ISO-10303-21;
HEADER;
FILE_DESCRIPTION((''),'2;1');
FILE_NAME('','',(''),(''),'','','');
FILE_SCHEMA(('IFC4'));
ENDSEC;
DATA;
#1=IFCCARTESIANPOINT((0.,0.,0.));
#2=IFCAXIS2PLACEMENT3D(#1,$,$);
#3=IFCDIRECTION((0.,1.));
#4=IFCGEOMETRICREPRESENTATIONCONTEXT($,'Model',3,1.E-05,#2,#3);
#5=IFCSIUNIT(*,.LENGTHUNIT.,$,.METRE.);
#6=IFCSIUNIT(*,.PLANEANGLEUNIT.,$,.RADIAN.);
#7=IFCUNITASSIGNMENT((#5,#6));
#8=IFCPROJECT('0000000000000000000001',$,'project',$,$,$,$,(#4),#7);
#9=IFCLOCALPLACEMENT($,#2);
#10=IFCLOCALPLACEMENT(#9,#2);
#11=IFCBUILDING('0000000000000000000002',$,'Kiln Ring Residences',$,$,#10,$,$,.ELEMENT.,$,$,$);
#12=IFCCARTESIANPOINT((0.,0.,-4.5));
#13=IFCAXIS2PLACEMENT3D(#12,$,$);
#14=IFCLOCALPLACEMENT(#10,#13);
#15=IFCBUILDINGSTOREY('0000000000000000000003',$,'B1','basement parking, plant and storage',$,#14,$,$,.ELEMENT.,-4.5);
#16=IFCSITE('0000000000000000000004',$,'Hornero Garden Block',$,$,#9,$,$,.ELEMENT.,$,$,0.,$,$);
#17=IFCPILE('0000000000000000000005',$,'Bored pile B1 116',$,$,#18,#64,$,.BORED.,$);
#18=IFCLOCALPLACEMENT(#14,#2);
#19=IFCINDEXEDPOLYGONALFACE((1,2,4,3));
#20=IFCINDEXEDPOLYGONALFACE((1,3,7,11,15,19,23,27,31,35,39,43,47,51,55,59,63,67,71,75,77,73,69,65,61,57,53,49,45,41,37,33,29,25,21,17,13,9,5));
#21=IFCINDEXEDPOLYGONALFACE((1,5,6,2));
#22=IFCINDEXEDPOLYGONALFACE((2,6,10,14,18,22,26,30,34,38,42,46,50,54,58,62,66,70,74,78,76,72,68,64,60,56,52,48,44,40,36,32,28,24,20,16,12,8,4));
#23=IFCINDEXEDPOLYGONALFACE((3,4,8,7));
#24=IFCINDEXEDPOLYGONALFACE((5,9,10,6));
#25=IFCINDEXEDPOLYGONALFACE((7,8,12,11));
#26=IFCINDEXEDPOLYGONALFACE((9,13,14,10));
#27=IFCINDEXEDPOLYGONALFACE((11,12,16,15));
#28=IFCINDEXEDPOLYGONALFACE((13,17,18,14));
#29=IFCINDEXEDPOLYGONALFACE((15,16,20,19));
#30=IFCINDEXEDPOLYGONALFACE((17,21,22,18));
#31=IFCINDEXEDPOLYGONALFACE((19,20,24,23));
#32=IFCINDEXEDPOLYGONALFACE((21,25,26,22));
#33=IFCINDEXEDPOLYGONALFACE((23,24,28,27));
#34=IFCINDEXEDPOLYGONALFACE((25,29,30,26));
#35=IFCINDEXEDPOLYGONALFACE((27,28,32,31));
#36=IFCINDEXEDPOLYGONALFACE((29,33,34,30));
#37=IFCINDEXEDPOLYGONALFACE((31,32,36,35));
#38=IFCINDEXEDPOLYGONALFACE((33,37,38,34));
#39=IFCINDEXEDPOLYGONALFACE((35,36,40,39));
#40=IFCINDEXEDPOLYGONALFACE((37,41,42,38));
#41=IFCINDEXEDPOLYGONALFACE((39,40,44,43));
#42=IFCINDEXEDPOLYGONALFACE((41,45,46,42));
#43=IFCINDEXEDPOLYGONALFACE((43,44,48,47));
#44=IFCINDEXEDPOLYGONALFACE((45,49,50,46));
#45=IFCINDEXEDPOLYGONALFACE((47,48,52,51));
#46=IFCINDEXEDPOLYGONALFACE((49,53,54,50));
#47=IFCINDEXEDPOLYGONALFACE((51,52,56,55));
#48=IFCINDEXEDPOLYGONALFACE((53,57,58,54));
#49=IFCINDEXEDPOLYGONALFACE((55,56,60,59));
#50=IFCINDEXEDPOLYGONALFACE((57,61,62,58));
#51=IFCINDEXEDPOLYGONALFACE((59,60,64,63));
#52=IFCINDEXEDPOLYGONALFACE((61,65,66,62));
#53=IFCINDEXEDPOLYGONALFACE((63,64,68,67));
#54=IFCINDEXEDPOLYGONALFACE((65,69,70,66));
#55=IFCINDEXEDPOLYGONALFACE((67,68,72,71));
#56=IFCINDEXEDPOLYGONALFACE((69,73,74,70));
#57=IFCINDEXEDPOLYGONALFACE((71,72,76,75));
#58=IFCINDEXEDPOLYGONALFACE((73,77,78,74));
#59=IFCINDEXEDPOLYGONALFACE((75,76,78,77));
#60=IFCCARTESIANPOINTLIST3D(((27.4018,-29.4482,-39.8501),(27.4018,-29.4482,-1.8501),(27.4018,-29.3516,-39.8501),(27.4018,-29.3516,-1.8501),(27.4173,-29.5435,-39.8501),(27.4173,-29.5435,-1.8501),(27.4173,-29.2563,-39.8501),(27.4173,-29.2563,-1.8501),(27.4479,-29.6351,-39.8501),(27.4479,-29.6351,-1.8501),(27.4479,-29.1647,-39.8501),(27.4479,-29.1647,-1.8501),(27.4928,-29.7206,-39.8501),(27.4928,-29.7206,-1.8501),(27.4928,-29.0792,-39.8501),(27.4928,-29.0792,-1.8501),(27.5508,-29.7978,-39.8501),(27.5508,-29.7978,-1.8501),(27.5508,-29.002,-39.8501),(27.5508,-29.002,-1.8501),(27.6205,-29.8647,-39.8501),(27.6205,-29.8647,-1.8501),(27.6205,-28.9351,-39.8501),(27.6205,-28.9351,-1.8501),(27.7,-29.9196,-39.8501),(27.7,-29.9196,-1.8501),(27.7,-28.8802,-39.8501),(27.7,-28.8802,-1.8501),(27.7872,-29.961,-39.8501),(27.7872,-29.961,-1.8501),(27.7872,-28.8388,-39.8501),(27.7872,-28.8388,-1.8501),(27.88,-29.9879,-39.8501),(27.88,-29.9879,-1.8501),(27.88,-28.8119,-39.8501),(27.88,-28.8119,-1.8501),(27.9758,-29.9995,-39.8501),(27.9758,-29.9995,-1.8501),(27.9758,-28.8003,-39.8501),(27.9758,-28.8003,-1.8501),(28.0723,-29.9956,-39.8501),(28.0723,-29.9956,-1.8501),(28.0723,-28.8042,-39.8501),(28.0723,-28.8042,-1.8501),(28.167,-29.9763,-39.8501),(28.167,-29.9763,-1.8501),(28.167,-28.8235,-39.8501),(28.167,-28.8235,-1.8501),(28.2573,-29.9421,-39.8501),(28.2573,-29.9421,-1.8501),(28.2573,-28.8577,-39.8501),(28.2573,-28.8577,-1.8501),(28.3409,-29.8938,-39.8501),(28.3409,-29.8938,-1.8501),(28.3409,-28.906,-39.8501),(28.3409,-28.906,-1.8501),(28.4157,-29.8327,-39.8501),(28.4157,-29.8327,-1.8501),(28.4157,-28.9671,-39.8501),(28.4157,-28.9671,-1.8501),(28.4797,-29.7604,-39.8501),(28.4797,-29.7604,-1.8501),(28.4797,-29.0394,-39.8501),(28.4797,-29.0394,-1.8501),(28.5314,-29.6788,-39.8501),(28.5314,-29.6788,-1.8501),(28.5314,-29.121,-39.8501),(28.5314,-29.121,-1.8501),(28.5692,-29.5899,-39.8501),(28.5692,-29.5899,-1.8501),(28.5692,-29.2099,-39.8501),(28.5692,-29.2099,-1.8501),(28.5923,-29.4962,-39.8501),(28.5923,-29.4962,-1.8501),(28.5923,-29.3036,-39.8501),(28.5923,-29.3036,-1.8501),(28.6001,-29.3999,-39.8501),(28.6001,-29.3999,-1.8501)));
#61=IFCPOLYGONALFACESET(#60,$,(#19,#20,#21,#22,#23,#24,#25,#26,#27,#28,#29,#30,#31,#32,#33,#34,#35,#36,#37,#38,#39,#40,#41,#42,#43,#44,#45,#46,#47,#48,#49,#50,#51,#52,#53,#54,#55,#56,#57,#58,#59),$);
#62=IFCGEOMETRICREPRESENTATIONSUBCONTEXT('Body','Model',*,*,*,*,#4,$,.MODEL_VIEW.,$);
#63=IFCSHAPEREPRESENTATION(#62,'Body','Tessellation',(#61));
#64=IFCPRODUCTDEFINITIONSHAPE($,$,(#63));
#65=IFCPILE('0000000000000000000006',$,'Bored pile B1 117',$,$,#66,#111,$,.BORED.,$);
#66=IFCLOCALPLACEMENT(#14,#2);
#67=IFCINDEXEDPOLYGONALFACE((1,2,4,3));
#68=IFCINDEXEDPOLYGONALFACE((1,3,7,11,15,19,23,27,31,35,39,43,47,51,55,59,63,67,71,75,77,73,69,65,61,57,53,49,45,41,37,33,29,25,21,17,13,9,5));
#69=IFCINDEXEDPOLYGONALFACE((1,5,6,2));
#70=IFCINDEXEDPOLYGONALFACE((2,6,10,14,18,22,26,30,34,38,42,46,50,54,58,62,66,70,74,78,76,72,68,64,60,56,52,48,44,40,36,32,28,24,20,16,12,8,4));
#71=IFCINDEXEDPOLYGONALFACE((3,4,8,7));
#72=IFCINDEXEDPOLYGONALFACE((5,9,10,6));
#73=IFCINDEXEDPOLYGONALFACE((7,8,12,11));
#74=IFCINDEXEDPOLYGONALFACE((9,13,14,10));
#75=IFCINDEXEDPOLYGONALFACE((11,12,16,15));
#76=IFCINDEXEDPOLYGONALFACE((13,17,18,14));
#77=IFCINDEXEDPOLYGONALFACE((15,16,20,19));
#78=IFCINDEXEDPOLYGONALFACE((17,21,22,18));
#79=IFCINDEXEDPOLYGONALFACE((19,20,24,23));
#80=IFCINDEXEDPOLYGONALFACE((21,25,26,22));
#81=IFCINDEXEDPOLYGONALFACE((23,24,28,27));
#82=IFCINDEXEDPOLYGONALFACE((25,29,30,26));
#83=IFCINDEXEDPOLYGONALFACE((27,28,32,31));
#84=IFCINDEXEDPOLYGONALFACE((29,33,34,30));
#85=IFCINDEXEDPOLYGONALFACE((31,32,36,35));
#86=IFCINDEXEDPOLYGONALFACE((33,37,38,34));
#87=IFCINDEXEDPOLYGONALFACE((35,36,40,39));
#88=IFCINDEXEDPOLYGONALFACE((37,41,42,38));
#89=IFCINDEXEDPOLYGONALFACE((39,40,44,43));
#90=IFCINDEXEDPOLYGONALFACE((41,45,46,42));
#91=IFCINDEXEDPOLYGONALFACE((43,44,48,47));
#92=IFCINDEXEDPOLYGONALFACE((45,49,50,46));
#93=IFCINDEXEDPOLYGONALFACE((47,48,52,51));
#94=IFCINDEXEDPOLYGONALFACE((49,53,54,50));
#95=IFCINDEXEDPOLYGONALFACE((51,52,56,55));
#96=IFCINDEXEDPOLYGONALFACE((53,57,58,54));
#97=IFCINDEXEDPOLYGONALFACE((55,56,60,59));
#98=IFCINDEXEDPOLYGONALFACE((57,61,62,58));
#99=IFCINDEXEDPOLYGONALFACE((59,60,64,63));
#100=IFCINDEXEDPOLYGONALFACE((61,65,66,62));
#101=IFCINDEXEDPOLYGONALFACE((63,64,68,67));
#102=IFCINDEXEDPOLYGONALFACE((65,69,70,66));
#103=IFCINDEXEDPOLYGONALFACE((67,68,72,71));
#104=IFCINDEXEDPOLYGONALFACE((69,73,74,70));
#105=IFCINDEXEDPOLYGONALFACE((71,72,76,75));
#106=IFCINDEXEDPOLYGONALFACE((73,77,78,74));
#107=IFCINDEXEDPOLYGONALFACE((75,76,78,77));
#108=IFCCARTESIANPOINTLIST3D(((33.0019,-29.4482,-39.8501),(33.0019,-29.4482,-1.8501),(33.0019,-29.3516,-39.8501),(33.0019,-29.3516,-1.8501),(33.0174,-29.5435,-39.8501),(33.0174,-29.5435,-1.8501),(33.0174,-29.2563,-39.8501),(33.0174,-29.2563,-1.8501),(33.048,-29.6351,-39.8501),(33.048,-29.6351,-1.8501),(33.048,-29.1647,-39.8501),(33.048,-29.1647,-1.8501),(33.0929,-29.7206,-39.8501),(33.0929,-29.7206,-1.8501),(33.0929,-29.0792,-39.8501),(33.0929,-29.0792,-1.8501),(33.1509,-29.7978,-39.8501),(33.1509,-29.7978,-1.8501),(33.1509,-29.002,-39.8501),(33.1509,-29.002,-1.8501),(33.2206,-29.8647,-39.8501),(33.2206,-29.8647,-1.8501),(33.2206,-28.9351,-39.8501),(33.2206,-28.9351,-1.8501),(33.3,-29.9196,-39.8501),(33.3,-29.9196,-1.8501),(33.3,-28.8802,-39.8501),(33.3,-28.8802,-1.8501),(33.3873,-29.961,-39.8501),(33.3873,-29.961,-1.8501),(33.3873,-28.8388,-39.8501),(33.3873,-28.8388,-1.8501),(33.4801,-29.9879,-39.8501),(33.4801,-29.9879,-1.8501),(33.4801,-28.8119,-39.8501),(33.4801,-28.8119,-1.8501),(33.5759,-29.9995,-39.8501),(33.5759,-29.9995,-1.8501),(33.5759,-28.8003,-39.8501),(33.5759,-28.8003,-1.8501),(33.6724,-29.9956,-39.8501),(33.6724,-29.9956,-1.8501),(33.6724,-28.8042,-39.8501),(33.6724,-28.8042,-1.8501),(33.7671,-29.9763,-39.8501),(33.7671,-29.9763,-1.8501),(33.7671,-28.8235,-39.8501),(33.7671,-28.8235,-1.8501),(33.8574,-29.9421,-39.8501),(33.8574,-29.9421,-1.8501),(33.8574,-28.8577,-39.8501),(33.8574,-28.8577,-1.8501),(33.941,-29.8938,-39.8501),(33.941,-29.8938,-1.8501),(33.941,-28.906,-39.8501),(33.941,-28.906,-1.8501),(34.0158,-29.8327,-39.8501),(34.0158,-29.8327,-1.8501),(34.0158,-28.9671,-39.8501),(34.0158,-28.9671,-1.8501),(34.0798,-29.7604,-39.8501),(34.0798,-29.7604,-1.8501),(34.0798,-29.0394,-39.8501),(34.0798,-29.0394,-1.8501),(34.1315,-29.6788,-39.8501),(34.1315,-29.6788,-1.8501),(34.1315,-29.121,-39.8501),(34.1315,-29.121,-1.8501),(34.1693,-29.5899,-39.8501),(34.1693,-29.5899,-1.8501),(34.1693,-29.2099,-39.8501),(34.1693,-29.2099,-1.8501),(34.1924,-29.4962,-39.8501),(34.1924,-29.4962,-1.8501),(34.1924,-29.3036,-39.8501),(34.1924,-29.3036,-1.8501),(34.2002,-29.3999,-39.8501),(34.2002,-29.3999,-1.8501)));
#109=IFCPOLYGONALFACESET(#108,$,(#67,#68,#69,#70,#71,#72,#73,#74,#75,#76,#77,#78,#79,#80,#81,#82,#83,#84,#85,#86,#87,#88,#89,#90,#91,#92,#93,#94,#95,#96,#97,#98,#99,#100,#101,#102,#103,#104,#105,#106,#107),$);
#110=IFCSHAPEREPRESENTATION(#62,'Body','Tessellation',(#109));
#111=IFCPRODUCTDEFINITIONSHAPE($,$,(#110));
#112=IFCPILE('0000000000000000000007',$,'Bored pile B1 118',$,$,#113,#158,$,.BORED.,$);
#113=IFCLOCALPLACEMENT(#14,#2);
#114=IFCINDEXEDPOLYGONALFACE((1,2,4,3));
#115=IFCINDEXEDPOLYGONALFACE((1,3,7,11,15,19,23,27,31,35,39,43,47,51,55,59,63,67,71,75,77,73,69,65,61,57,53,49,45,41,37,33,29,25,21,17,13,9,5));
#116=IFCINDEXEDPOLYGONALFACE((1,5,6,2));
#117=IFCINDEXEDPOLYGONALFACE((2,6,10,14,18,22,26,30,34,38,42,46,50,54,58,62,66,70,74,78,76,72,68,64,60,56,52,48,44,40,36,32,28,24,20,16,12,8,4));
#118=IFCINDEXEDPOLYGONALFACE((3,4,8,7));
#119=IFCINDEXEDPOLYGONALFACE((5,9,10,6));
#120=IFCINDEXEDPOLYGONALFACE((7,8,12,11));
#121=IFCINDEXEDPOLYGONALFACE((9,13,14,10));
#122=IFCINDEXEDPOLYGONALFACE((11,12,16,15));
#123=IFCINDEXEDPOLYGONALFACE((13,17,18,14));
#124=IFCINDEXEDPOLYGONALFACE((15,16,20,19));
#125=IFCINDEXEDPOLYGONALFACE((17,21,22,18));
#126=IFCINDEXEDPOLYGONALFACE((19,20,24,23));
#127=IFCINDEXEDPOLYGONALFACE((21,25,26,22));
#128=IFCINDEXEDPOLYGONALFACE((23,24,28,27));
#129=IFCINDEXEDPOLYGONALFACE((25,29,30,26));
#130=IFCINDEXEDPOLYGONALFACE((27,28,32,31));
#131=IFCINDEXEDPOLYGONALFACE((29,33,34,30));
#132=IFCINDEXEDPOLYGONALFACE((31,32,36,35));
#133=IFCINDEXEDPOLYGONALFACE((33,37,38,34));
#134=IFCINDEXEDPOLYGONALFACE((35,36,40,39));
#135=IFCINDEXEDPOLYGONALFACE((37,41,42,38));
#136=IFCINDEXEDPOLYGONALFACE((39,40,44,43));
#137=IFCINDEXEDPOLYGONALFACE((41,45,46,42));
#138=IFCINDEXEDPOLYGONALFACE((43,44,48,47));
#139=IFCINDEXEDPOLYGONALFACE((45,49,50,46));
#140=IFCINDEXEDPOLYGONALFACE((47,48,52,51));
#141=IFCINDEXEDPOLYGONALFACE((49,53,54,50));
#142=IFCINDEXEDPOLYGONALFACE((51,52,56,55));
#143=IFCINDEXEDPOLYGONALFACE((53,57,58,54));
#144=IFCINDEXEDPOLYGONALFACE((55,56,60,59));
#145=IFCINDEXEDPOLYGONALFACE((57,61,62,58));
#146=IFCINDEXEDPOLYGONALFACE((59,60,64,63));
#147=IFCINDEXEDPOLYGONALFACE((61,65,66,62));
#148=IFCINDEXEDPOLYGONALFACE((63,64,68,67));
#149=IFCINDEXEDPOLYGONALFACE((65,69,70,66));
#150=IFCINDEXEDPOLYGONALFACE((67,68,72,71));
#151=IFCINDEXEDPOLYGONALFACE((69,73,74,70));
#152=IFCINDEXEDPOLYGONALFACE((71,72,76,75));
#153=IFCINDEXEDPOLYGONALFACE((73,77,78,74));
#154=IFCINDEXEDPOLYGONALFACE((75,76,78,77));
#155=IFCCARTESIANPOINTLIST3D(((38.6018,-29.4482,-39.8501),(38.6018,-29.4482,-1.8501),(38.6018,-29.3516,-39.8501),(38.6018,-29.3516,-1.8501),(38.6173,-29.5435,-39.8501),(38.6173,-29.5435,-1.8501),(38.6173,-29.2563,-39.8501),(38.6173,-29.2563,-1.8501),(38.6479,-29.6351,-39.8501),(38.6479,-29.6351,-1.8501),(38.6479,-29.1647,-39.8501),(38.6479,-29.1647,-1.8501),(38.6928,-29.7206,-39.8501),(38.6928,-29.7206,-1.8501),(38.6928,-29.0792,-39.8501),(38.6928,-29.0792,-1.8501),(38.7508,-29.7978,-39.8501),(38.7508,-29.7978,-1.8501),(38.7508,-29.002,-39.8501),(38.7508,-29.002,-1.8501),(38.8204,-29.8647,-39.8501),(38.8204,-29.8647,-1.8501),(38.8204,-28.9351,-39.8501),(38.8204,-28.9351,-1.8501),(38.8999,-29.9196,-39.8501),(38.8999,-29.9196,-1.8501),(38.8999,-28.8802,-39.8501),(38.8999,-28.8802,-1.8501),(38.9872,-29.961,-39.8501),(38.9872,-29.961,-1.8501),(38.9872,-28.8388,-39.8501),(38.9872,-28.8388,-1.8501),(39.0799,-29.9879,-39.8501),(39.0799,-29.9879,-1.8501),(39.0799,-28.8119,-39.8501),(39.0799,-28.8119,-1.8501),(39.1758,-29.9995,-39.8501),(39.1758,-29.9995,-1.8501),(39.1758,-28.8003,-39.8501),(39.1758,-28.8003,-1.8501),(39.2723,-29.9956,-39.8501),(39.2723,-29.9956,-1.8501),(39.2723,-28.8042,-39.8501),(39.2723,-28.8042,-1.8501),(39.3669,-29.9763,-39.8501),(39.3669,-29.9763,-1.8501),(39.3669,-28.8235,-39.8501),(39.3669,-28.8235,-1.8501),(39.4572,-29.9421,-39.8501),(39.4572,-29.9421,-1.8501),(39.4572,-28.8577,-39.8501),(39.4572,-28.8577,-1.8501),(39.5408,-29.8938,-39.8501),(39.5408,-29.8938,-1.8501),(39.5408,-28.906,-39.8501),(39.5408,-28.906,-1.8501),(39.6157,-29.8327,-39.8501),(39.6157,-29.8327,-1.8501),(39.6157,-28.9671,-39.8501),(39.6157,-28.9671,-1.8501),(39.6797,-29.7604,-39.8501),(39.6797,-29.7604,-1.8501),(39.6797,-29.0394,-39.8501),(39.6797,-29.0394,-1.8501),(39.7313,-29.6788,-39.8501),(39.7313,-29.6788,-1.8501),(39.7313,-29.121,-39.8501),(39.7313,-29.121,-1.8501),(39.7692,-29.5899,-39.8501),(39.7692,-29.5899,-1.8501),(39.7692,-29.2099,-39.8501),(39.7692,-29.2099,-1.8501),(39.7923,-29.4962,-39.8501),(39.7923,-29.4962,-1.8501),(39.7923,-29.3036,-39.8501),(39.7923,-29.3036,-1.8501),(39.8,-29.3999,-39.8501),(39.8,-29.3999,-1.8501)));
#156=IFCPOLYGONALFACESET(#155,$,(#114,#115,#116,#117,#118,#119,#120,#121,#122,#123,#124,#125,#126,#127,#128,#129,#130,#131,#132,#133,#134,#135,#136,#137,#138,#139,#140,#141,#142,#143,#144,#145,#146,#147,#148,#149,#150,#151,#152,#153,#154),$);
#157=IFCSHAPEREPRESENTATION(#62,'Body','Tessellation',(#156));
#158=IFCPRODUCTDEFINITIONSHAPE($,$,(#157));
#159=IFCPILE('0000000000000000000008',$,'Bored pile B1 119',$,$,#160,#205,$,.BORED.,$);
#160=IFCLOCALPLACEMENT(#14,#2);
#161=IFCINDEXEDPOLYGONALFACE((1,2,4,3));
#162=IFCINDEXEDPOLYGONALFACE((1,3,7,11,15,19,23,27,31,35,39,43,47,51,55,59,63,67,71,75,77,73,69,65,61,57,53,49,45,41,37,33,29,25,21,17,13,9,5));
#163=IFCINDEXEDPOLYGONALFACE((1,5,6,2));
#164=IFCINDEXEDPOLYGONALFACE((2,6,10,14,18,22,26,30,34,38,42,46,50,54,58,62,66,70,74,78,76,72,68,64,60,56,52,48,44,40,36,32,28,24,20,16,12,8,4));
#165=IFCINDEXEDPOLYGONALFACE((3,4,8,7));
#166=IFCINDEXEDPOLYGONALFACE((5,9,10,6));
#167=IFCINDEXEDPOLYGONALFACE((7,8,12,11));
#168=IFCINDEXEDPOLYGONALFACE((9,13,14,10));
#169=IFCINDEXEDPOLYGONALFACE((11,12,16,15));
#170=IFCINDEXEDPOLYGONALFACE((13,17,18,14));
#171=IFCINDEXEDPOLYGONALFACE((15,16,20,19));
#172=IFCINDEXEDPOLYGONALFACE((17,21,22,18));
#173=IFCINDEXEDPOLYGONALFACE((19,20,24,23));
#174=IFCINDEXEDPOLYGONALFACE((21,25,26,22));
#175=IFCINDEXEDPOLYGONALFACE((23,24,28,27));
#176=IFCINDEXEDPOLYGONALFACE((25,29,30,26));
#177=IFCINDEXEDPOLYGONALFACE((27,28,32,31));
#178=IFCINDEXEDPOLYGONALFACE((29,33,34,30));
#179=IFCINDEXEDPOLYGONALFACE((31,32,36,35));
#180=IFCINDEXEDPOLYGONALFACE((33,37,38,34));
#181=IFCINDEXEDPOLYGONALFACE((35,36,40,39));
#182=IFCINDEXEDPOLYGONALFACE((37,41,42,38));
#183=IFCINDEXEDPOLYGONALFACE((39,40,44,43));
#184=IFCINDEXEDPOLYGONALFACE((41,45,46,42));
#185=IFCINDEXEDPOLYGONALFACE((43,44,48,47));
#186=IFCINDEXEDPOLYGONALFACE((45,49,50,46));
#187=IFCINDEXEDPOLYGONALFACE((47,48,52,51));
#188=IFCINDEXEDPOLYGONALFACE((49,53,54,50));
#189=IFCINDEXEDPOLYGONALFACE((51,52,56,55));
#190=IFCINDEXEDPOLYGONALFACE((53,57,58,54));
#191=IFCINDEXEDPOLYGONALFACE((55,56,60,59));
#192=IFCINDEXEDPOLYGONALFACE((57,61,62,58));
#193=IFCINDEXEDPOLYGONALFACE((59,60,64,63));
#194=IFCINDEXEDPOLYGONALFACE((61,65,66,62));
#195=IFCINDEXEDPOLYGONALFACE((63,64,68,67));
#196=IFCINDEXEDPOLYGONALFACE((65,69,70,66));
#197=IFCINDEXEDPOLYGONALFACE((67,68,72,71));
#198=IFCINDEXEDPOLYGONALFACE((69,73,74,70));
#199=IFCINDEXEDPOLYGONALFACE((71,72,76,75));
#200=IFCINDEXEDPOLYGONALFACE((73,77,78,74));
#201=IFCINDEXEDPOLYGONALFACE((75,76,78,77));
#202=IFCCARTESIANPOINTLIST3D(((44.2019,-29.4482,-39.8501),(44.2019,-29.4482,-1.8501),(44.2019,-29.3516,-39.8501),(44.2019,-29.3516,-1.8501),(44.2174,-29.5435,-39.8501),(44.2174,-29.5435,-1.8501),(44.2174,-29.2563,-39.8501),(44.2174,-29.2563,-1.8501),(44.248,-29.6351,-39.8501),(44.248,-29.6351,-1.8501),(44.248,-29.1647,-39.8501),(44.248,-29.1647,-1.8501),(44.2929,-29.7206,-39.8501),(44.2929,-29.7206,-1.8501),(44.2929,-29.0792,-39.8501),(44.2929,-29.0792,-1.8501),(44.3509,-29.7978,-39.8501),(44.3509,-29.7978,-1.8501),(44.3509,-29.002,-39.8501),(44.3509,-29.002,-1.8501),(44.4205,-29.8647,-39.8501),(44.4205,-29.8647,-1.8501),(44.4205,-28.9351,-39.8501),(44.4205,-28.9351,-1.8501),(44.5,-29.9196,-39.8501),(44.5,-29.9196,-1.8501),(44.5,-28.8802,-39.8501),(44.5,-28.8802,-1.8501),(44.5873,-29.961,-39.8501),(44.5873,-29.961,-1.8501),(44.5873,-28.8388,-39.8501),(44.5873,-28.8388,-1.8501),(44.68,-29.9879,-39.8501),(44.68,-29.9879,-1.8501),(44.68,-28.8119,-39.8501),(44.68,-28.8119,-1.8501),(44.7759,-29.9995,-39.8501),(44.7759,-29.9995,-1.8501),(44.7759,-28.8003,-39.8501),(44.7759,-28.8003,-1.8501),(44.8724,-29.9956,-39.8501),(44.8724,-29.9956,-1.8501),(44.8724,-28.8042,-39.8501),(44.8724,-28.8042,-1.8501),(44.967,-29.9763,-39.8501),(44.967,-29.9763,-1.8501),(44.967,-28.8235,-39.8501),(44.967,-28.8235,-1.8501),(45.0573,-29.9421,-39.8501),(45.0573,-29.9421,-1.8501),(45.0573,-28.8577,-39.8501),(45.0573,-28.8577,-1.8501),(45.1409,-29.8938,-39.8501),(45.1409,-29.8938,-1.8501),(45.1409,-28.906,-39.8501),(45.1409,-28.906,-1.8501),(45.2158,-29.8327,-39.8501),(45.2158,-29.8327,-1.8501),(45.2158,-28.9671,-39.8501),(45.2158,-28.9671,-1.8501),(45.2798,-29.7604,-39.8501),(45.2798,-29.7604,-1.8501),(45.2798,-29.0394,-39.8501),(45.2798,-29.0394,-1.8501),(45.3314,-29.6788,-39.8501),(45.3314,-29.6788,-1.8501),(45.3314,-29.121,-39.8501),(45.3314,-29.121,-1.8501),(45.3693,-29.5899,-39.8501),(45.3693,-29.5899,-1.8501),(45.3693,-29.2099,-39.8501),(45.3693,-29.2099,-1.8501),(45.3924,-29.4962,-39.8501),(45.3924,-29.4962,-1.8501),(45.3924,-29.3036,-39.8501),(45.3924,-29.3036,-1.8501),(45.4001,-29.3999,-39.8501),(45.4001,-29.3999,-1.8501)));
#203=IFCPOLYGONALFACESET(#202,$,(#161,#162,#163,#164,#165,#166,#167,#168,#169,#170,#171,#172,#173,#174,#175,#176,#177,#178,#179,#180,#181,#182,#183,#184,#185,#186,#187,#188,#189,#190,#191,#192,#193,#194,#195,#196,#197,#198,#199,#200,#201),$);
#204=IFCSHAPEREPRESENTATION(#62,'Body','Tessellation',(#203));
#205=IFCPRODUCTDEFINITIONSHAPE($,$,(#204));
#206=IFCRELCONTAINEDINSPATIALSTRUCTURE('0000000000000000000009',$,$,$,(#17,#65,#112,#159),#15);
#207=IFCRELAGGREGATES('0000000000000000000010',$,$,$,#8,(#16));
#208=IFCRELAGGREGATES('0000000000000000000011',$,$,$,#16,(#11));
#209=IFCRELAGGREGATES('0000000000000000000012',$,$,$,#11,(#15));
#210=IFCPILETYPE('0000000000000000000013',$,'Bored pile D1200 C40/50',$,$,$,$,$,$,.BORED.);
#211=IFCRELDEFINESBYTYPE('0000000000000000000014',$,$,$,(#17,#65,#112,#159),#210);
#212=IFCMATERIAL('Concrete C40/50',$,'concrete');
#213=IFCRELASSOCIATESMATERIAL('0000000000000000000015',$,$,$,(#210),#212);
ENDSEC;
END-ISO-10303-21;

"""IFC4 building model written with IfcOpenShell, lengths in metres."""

from ifc_helpers import new_model, si_unit, direction, frame, origin, origin_2d, place, context, subcontext, project, spatial, circle, extrude, material, material_profile, profile_set, type_object, element, save


model = new_model("IFC4")

# Units and contexts
model_context = context("Model", 3, precision=1e-05, world=origin(), true_north=direction((0.0, 1.0)))
body_context = subcontext(model_context, "Body", "Model", "MODEL_VIEW")
ifc_project = project(units=[si_unit("LENGTHUNIT", "METRE"), si_unit("PLANEANGLEUNIT", "RADIAN")], contexts=[model_context])

# Site, building, storey
site_placement = place(None, origin())
site = spatial("IfcSite", under=ifc_project, at=site_placement, Name="Hornero Garden Block", CompositionType="ELEMENT", RefElevation=0.0)
building_placement = place(site_placement, origin())
building = spatial("IfcBuilding", under=site, at=building_placement, Name="Kiln Ring Residences", CompositionType="ELEMENT")
storey_placement = place(building_placement, frame((0.0, 0.0, -4.5)))
storey = spatial("IfcBuildingStorey", under=building, at=storey_placement, Name="B1", Description="basement parking, plant and storage", CompositionType="ELEMENT", Elevation=-4.5)

# Piles
ifc_material_1 = material(Name="Concrete C40/50", Category="concrete")
ifc_material_profile_1 = material_profile(ifc_material_1, circle(Radius=0.6001, at=origin_2d()), Name="BORED1200")
ifc_profile_set_1 = profile_set([ifc_material_profile_1], Name="Concrete C40/50")
pile_type = type_object("IfcPileType", Name="Bored pile D1200 C40/50", PredefinedType="BORED", material=ifc_profile_set_1)
for number, where, z_axis, x_axis, name in (
    (1, (28.0, -29.3999, -1.8501), (0.0, 0.0, -1.0), (1.0, 0.0, 0.0), "Bored pile B1 116"),
    (2, (33.6001, -29.3999, -1.8501), (0.0, 0.0, -1.0), (1.0, 0.0, 0.0), "Bored pile B1 117"),
    (3, (39.2, -29.3999, -1.8501), (0.0, 0.0, -1.0), (1.0, 0.0, 0.0), "Bored pile B1 118"),
    (4, (44.8, -29.3999, -1.8501), (0.0, 0.0, -1.0), (1.0, 0.0, 0.0), "Bored pile B1 119"),
):
    element("IfcPile", number, at=place(storey_placement, frame(where, z_axis=z_axis, x_axis=x_axis)), inside=storey, type_object=pile_type, Name=name, PredefinedType="BORED", context=body_context, shape_type="SweptSolid", body=[
        extrude(circle(Radius=0.6001, at=origin_2d()), origin(), (0.0, 0.0, 1.0), 38.0),
    ])

save(model, "model.ifc")
